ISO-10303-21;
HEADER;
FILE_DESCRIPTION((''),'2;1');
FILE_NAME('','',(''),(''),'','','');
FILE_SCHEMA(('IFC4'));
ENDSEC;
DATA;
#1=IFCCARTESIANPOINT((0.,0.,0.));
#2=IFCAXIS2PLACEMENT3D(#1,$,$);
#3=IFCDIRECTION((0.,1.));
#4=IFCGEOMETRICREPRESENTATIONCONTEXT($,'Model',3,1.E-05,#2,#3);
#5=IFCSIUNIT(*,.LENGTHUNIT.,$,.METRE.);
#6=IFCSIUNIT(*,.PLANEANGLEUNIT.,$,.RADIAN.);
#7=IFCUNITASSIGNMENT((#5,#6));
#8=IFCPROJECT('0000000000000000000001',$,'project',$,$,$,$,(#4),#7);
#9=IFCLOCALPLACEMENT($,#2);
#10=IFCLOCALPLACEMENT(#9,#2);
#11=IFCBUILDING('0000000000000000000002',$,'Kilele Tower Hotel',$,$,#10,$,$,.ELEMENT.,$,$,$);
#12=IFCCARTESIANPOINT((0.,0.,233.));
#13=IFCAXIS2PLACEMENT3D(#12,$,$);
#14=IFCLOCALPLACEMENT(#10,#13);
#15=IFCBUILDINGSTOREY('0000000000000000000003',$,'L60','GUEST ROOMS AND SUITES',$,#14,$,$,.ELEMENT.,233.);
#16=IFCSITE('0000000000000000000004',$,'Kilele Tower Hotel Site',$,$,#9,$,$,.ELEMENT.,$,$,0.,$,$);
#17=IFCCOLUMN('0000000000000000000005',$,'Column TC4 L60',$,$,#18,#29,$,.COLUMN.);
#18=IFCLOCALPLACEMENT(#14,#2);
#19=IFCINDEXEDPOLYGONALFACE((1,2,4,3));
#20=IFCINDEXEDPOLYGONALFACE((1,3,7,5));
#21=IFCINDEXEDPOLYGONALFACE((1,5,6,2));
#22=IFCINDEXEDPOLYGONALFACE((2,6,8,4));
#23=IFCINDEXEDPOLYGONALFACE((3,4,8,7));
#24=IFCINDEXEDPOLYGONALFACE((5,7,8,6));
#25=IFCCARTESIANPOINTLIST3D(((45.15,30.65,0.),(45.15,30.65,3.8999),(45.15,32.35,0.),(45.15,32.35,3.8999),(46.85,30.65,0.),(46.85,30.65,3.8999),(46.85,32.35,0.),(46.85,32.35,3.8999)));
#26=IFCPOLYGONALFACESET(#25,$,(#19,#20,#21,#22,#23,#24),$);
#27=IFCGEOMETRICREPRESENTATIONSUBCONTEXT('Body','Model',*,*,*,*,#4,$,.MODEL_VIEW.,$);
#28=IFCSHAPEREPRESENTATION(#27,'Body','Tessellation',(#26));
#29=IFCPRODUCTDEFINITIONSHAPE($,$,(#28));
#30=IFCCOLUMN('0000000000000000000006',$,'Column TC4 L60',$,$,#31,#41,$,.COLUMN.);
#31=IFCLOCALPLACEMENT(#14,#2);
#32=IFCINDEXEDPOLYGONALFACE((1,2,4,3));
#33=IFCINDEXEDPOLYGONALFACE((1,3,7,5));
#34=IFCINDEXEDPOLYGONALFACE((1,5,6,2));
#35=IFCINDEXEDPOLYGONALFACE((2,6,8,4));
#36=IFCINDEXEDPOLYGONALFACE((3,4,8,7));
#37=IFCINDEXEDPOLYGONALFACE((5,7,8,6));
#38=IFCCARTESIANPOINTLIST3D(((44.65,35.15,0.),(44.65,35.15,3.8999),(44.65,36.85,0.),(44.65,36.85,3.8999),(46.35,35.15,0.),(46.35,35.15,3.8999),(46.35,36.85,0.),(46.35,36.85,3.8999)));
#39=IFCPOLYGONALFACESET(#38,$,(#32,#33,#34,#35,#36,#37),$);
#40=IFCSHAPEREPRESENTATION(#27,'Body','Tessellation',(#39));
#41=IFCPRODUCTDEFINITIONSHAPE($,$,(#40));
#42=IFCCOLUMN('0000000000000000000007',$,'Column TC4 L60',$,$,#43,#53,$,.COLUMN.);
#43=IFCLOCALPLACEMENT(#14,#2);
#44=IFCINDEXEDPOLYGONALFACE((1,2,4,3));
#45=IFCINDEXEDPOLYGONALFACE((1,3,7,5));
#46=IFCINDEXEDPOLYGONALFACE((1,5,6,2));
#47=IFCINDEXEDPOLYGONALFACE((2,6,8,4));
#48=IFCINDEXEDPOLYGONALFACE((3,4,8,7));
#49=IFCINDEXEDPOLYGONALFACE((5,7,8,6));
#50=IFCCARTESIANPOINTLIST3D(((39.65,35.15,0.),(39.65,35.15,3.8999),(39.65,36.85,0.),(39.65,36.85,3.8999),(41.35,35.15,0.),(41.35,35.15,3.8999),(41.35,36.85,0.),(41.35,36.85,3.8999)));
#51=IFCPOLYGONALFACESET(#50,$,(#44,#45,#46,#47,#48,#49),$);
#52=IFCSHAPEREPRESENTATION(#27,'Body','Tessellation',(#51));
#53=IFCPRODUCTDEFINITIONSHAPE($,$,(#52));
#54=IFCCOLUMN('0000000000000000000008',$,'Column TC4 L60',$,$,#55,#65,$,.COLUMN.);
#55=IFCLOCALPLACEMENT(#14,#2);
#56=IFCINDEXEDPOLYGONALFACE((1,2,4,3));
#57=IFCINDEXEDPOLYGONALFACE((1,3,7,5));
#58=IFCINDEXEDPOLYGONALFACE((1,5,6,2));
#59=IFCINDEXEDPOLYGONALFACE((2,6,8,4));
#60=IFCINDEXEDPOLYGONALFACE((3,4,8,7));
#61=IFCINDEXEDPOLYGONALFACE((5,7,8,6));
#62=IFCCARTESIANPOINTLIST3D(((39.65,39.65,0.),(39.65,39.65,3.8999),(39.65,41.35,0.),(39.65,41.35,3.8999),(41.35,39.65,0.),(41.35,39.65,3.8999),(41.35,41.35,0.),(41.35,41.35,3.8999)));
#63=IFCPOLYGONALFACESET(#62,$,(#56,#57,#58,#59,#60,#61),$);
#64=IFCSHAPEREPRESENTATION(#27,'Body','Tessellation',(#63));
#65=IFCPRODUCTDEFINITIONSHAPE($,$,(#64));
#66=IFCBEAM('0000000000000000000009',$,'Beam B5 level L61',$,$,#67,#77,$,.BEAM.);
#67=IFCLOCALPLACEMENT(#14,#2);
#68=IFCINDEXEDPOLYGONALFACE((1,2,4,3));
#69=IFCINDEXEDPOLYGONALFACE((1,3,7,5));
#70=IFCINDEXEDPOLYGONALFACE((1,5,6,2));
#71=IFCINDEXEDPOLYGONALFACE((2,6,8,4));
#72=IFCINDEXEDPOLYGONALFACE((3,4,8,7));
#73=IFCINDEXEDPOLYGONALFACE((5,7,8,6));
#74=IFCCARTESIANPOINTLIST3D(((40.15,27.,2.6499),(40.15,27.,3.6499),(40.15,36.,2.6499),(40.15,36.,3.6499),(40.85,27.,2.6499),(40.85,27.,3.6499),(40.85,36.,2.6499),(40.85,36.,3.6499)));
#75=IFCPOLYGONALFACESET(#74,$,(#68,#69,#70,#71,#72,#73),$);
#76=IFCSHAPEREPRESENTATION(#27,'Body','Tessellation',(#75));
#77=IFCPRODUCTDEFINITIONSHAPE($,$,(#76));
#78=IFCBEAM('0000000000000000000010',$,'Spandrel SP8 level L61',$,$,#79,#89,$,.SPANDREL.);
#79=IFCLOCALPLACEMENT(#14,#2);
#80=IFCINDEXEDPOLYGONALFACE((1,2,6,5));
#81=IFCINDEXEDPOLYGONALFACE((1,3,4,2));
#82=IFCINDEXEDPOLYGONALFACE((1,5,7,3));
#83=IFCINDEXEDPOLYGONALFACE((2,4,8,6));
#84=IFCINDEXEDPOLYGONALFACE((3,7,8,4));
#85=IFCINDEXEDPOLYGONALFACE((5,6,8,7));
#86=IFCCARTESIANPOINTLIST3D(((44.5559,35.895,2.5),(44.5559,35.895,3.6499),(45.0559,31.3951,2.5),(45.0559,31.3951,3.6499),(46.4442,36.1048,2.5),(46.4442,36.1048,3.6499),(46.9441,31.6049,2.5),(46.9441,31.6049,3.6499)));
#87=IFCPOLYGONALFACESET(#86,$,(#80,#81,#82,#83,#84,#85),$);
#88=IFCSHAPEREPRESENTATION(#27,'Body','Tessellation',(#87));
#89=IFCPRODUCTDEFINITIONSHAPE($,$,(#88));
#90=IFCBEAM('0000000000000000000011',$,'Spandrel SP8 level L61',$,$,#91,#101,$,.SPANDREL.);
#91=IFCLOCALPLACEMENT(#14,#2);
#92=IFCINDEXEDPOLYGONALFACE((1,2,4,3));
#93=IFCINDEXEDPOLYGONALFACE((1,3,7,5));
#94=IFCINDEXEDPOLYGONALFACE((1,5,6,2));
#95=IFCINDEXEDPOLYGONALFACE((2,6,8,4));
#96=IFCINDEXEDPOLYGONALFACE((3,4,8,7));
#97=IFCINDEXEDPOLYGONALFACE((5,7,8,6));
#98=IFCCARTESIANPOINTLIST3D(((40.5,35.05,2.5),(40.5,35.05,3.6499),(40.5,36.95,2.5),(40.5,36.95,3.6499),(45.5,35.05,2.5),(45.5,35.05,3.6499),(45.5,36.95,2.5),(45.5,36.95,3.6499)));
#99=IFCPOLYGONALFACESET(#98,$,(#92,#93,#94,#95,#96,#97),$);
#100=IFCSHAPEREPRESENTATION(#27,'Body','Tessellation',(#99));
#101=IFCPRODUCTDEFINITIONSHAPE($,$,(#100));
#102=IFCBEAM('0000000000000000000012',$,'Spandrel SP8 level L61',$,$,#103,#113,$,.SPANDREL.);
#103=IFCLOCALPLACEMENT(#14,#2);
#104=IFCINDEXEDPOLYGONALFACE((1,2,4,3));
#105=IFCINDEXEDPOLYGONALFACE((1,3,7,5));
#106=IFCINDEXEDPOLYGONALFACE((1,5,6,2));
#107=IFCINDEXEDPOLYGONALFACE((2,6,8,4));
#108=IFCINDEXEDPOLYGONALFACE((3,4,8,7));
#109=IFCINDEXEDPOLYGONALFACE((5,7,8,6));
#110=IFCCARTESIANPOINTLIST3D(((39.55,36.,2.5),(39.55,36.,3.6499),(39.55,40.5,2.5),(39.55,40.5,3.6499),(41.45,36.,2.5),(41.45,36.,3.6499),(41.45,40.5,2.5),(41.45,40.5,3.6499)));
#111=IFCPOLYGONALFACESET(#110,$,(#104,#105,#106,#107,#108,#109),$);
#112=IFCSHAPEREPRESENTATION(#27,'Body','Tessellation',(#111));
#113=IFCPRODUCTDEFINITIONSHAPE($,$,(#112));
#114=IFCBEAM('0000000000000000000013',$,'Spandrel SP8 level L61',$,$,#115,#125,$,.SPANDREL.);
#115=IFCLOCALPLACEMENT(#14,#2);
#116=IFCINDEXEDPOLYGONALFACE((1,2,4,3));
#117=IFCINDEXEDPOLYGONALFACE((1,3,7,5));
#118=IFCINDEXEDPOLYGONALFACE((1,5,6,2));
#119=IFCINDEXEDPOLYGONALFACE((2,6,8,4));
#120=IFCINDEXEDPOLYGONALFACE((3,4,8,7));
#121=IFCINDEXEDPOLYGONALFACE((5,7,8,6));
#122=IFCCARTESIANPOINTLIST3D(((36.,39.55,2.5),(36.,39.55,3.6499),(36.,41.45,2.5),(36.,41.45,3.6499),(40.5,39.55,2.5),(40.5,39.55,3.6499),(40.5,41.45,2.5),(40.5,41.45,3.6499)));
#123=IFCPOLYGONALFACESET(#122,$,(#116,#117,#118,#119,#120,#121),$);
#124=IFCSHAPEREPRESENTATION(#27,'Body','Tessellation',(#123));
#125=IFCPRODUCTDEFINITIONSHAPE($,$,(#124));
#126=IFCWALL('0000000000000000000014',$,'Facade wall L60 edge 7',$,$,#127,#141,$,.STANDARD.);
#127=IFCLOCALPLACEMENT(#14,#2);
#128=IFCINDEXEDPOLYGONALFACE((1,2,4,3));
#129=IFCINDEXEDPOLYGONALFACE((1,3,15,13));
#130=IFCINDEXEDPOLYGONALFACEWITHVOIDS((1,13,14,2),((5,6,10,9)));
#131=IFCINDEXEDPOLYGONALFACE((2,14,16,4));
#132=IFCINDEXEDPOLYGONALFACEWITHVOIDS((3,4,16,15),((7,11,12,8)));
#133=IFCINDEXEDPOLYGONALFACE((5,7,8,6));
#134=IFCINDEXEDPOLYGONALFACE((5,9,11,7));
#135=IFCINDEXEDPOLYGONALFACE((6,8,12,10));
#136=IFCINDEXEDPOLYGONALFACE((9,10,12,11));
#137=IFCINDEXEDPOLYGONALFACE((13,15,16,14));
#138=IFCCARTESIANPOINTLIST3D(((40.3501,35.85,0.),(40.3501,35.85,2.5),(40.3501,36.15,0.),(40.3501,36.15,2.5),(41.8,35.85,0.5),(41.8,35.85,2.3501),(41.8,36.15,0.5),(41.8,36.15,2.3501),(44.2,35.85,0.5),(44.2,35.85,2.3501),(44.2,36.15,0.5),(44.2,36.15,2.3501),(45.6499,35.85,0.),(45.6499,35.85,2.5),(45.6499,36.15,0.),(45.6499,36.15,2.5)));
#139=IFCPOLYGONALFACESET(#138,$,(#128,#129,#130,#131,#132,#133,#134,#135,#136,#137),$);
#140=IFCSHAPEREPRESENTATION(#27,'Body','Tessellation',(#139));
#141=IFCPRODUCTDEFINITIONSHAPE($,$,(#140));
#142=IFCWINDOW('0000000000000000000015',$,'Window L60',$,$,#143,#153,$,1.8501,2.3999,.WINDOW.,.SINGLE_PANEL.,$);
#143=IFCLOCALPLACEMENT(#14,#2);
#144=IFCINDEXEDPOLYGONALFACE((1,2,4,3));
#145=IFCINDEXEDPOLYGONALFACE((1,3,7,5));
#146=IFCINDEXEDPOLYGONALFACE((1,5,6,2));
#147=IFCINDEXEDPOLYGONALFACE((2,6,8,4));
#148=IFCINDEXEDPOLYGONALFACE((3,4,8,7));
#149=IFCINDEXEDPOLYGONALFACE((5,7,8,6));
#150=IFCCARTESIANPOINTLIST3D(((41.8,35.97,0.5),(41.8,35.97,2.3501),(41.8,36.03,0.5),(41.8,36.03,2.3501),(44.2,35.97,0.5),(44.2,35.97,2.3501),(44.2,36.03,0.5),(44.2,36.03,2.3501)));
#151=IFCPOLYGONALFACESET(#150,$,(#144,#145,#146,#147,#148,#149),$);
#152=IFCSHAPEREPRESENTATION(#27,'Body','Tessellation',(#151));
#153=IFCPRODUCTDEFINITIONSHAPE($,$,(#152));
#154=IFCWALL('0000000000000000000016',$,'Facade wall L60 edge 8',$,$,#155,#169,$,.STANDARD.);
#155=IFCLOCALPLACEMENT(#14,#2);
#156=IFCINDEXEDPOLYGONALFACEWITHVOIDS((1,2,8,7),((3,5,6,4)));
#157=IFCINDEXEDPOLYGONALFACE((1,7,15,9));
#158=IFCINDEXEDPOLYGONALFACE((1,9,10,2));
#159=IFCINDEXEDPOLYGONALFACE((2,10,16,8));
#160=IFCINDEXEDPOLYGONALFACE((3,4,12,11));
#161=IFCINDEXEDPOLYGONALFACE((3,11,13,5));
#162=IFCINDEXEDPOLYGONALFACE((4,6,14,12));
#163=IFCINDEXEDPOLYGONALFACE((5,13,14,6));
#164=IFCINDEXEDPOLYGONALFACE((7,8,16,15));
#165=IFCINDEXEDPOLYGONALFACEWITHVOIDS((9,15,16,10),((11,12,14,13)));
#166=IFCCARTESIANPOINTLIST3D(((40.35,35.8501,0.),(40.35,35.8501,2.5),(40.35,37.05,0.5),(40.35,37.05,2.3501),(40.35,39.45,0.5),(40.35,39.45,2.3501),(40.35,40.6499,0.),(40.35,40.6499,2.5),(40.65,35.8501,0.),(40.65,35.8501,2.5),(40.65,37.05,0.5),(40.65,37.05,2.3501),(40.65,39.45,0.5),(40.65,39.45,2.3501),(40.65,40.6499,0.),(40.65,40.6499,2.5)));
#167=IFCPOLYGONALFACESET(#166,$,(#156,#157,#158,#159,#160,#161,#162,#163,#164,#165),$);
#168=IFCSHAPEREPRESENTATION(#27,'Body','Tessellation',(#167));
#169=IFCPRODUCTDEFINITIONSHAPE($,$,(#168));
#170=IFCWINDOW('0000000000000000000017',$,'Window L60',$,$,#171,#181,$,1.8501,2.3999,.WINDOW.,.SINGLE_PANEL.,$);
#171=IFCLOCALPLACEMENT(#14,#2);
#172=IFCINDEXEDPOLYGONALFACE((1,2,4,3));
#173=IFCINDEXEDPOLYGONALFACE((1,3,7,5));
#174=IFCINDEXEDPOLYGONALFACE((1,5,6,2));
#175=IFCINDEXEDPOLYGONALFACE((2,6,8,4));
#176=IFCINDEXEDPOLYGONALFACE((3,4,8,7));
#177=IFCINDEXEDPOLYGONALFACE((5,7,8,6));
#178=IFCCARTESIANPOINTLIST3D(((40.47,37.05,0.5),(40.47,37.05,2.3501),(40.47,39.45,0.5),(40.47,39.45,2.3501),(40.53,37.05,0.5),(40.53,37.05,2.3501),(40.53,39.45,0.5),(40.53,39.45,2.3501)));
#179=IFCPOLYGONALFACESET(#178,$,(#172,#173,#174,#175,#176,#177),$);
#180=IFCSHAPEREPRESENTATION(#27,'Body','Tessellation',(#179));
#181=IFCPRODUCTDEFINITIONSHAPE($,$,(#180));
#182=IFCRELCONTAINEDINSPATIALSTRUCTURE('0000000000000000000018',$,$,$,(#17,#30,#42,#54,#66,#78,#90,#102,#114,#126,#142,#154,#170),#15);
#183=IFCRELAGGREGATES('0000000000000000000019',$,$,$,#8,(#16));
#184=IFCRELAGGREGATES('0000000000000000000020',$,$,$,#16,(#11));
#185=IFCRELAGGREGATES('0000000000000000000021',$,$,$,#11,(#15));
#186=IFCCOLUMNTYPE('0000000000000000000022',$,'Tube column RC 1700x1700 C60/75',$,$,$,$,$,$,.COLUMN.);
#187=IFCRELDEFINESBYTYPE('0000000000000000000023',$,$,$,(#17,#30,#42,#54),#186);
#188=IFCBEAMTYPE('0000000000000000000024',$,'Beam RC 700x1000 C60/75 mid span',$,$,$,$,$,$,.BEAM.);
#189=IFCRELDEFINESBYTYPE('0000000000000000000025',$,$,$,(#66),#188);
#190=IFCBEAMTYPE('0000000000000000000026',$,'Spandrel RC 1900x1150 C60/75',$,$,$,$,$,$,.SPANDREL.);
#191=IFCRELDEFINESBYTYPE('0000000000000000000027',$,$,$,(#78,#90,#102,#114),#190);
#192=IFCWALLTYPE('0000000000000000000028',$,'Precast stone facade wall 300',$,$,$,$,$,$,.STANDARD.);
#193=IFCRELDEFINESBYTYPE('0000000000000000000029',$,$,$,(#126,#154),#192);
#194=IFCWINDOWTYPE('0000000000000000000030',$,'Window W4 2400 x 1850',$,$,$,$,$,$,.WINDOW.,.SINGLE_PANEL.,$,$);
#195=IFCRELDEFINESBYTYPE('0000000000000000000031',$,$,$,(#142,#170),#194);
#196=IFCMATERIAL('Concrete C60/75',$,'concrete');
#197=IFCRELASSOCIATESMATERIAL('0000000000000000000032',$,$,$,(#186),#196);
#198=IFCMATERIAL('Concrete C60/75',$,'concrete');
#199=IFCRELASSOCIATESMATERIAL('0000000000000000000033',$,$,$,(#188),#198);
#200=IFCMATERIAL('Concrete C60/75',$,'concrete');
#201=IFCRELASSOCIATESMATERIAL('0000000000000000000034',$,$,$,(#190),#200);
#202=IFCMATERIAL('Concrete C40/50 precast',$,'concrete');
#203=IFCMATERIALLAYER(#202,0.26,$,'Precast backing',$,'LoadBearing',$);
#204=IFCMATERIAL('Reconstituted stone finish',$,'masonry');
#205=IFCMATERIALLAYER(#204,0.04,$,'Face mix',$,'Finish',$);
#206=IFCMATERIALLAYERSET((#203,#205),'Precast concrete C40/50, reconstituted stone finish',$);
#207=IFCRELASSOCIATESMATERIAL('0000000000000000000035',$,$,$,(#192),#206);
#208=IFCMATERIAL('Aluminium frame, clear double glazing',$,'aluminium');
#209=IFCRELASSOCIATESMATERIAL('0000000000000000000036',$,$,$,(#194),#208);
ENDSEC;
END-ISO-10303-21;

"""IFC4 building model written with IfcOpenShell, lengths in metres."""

from ifc_helpers import new_model, si_unit, direction, frame, frame_2d, origin, origin_2d, place, context, subcontext, project, spatial, rectangle, extrude, material, layer, layer_set, material_profile, profile_set, type_object, element, fill, save


model = new_model("IFC4")

# Units and contexts
model_context = context("Model", 3, precision=1e-05, world=origin(), true_north=direction((0.0, 1.0)))
body_context = subcontext(model_context, "Body", "Model", "MODEL_VIEW")
ifc_project = project(units=[si_unit("LENGTHUNIT", "METRE"), si_unit("PLANEANGLEUNIT", "RADIAN")], contexts=[model_context])

# Site, building, storey
site_placement = place(None, origin())
site = spatial("IfcSite", under=ifc_project, at=site_placement, Name="Kilele Tower Hotel Site", CompositionType="ELEMENT", RefElevation=0.0)
building_placement = place(site_placement, origin())
building = spatial("IfcBuilding", under=site, at=building_placement, Name="Kilele Tower Hotel", CompositionType="ELEMENT")
storey_placement = place(building_placement, frame((0.0, 0.0, 233.0)))
storey = spatial("IfcBuildingStorey", under=building, at=storey_placement, Name="L60", Description="GUEST ROOMS AND SUITES", CompositionType="ELEMENT", Elevation=233.0)

# Columns
ifc_material_1 = material(Name="Concrete C60/75", Category="concrete")
ifc_material_profile_1 = material_profile(ifc_material_1, rectangle(XDim=1.7, YDim=1.7, at=origin_2d()))
ifc_profile_set_1 = profile_set([ifc_material_profile_1], Name="Concrete C60/75")
column_type = type_object("IfcColumnType", Name="Tube column RC 1700x1700 C60/75", PredefinedType="COLUMN", material=ifc_profile_set_1)
for number, where, z_axis, x_axis, name in (
    (1, (46.0, 31.5, 0.0), (0.0, 0.0, 1.0), (1.0, 0.0, 0.0), "Column TC4 L60"),
    (2, (45.5, 36.0, 0.0), (0.0, 0.0, 1.0), (1.0, 0.0, 0.0), "Column TC4 L60"),
    (3, (40.5, 36.0, 0.0), (0.0, 0.0, 1.0), (1.0, 0.0, 0.0), "Column TC4 L60"),
    (4, (40.5, 40.5, 0.0), (0.0, 0.0, 1.0), (1.0, 0.0, 0.0), "Column TC4 L60"),
):
    element("IfcColumn", number, at=place(storey_placement, frame(where, z_axis=z_axis, x_axis=x_axis)), inside=storey, type_object=column_type, Name=name, PredefinedType="COLUMN", context=body_context, shape_type="SweptSolid", body=[
        extrude(rectangle(XDim=1.7, YDim=1.7, at=origin_2d()), origin(), (0.0, 0.0, 1.0), 3.8999),
    ])

# Beams
ifc_material_2 = material(Name="Concrete C60/75", Category="concrete")
ifc_material_profile_2 = material_profile(ifc_material_2, rectangle(XDim=0.7, YDim=1.0, at=origin_2d()))
ifc_profile_set_2 = profile_set([ifc_material_profile_2], Name="Concrete C60/75")
beam_type_1 = type_object("IfcBeamType", Name="Beam RC 700x1000 C60/75 mid span", PredefinedType="BEAM", material=ifc_profile_set_2)
beam_1_placement = place(storey_placement, frame((40.5, 36.0, 3.1499), z_axis=(0.0, -1.0, 0.0), x_axis=(1.0, 0.0, 0.0)))
element("IfcBeam", 5, at=beam_1_placement, inside=storey, type_object=beam_type_1, Name="Beam B5 level L61", PredefinedType="BEAM", context=body_context, shape_type="SweptSolid", body=[
    extrude(rectangle(XDim=0.7, YDim=1.0, at=origin_2d()), origin(), (0.0, 0.0, 1.0), 9.0),
])
ifc_material_3 = material(Name="Concrete C60/75", Category="concrete")
ifc_material_profile_3 = material_profile(ifc_material_3, rectangle(XDim=1.8999, YDim=1.1499, at=origin_2d()))
ifc_profile_set_3 = profile_set([ifc_material_profile_3], Name="Concrete C60/75")
beam_type_2 = type_object("IfcBeamType", Name="Spandrel RC 1900x1150 C60/75", PredefinedType="SPANDREL", material=ifc_profile_set_3)
beam_2_placement = place(storey_placement, frame((46.0, 31.5, 3.075), z_axis=(-0.110432, 0.993884, 0.0), x_axis=(-0.993884, -0.110432, 0.0)))
element("IfcBeam", 6, at=beam_2_placement, inside=storey, type_object=beam_type_2, Name="Spandrel SP8 level L61", PredefinedType="SPANDREL", context=body_context, shape_type="SweptSolid", body=[
    extrude(rectangle(XDim=1.8999, YDim=1.1499, at=origin_2d()), origin(), (0.0, 0.0, 1.0), 4.5276),
])
beam_3_placement = place(storey_placement, frame((45.5, 36.0, 3.075), z_axis=(-1.0, 0.0, 0.0), x_axis=(0.0, -1.0, 0.0)))
element("IfcBeam", 7, at=beam_3_placement, inside=storey, type_object=beam_type_2, Name="Spandrel SP8 level L61", PredefinedType="SPANDREL", context=body_context, shape_type="SweptSolid", body=[
    extrude(rectangle(XDim=1.8999, YDim=1.1499, at=origin_2d()), origin(), (0.0, 0.0, 1.0), 5.0),
])
for number, where, z_axis, x_axis, name in (
    (8, (40.5, 36.0, 3.075), (0.0, 1.0, 0.0), (-1.0, 0.0, 0.0), "Spandrel SP8 level L61"),
    (9, (40.5, 40.5, 3.075), (-1.0, 0.0, 0.0), (0.0, -1.0, 0.0), "Spandrel SP8 level L61"),
):
    element("IfcBeam", number, at=place(storey_placement, frame(where, z_axis=z_axis, x_axis=x_axis)), inside=storey, type_object=beam_type_2, Name=name, PredefinedType="SPANDREL", context=body_context, shape_type="SweptSolid", body=[
        extrude(rectangle(XDim=1.8999, YDim=1.1499, at=origin_2d()), origin(), (0.0, 0.0, 1.0), 4.5),
    ])

# Walls, openings, windows
ifc_material_4 = material(Name="Concrete C40/50 precast", Category="concrete")
ifc_layer_1 = layer(ifc_material_4, 0.26, Name="Precast backing", Category="LoadBearing")
ifc_material_5 = material(Name="Reconstituted stone finish", Category="masonry")
ifc_layer_2 = layer(ifc_material_5, 0.04, Name="Face mix", Category="Finish")
ifc_layer_set = layer_set([ifc_layer_1, ifc_layer_2], Name="Precast concrete C40/50, reconstituted stone finish")
wall_type = type_object("IfcWallType", Name="Precast stone facade wall 300", PredefinedType="STANDARD", material=ifc_layer_set)
wall_1_placement = place(storey_placement, frame((45.6499, 36.0, 0.0), z_axis=(0.0, 0.0, 1.0), x_axis=(-1.0, 0.0, 0.0)))
wall_1 = element("IfcWall", 10, at=wall_1_placement, inside=storey, type_object=wall_type, Name="Facade wall L60 edge 7", PredefinedType="STANDARD", context=body_context, shape_type="SweptSolid", body=[
    extrude(rectangle(XDim=5.2998, YDim=0.3, at=frame_2d((2.6499, 0.0))), origin(), (0.0, 0.0, 1.0), 2.5),
])
opening_1_placement = place(wall_1_placement, frame((1.45, 0.0, 0.5)))
opening_1 = element("IfcOpeningElement", 11, at=opening_1_placement, cuts=wall_1, PredefinedType="OPENING", context=body_context, shape_type="SweptSolid", body=[
    extrude(rectangle(XDim=2.3999, YDim=1.8501, at=frame_2d((1.2, 0.925))), frame((0.0, 0.1599, 0.0), z_axis=(0.0, -1.0, 0.0), x_axis=(1.0, 0.0, 0.0)), (0.0, 0.0, 1.0), 0.3201),
])
ifc_material_6 = material(Name="Aluminium frame, clear double glazing", Category="aluminium")
window_type = type_object("IfcWindowType", Name="Window W4 2400 x 1850", PartitioningType="SINGLE_PANEL", PredefinedType="WINDOW", material=ifc_material_6)
window_1_placement = place(opening_1_placement, origin())
window_1 = element("IfcWindow", 12, at=window_1_placement, inside=storey, type_object=window_type, Name="Window L60", OverallHeight=1.8501, OverallWidth=2.3999, PartitioningType="SINGLE_PANEL", PredefinedType="WINDOW", context=body_context, shape_type="SweptSolid", body=[
    extrude(rectangle(XDim=2.3999, YDim=1.8501, at=frame_2d((1.2, 0.925))), frame((0.0, 0.03, 0.0), z_axis=(0.0, -1.0, 0.0), x_axis=(1.0, 0.0, 0.0)), (0.0, 0.0, 1.0), 0.0601),
])
fill(opening_1, window_1)
wall_2_placement = place(storey_placement, frame((40.5, 35.8501, 0.0), z_axis=(0.0, 0.0, 1.0), x_axis=(0.0, 1.0, 0.0)))
wall_2 = element("IfcWall", 13, at=wall_2_placement, inside=storey, type_object=wall_type, Name="Facade wall L60 edge 8", PredefinedType="STANDARD", context=body_context, shape_type="SweptSolid", body=[
    extrude(rectangle(XDim=4.7998, YDim=0.3, at=frame_2d((2.3999, 0.0))), origin(), (0.0, 0.0, 1.0), 2.5),
])
opening_2_placement = place(wall_2_placement, frame((1.2, 0.0, 0.5)))
opening_2 = element("IfcOpeningElement", 14, at=opening_2_placement, cuts=wall_2, PredefinedType="OPENING", context=body_context, shape_type="SweptSolid", body=[
    extrude(rectangle(XDim=2.3999, YDim=1.8501, at=frame_2d((1.2, 0.925))), frame((0.0, 0.1599, 0.0), z_axis=(0.0, -1.0, 0.0), x_axis=(1.0, 0.0, 0.0)), (0.0, 0.0, 1.0), 0.3201),
])
window_2_placement = place(opening_2_placement, origin())
window_2 = element("IfcWindow", 15, at=window_2_placement, inside=storey, type_object=window_type, Name="Window L60", OverallHeight=1.8501, OverallWidth=2.3999, PartitioningType="SINGLE_PANEL", PredefinedType="WINDOW", context=body_context, shape_type="SweptSolid", body=[
    extrude(rectangle(XDim=2.3999, YDim=1.8501, at=frame_2d((1.2, 0.925))), frame((0.0, 0.03, 0.0), z_axis=(0.0, -1.0, 0.0), x_axis=(1.0, 0.0, 0.0)), (0.0, 0.0, 1.0), 0.0601),
])
fill(opening_2, window_2)

save(model, "model.ifc")
